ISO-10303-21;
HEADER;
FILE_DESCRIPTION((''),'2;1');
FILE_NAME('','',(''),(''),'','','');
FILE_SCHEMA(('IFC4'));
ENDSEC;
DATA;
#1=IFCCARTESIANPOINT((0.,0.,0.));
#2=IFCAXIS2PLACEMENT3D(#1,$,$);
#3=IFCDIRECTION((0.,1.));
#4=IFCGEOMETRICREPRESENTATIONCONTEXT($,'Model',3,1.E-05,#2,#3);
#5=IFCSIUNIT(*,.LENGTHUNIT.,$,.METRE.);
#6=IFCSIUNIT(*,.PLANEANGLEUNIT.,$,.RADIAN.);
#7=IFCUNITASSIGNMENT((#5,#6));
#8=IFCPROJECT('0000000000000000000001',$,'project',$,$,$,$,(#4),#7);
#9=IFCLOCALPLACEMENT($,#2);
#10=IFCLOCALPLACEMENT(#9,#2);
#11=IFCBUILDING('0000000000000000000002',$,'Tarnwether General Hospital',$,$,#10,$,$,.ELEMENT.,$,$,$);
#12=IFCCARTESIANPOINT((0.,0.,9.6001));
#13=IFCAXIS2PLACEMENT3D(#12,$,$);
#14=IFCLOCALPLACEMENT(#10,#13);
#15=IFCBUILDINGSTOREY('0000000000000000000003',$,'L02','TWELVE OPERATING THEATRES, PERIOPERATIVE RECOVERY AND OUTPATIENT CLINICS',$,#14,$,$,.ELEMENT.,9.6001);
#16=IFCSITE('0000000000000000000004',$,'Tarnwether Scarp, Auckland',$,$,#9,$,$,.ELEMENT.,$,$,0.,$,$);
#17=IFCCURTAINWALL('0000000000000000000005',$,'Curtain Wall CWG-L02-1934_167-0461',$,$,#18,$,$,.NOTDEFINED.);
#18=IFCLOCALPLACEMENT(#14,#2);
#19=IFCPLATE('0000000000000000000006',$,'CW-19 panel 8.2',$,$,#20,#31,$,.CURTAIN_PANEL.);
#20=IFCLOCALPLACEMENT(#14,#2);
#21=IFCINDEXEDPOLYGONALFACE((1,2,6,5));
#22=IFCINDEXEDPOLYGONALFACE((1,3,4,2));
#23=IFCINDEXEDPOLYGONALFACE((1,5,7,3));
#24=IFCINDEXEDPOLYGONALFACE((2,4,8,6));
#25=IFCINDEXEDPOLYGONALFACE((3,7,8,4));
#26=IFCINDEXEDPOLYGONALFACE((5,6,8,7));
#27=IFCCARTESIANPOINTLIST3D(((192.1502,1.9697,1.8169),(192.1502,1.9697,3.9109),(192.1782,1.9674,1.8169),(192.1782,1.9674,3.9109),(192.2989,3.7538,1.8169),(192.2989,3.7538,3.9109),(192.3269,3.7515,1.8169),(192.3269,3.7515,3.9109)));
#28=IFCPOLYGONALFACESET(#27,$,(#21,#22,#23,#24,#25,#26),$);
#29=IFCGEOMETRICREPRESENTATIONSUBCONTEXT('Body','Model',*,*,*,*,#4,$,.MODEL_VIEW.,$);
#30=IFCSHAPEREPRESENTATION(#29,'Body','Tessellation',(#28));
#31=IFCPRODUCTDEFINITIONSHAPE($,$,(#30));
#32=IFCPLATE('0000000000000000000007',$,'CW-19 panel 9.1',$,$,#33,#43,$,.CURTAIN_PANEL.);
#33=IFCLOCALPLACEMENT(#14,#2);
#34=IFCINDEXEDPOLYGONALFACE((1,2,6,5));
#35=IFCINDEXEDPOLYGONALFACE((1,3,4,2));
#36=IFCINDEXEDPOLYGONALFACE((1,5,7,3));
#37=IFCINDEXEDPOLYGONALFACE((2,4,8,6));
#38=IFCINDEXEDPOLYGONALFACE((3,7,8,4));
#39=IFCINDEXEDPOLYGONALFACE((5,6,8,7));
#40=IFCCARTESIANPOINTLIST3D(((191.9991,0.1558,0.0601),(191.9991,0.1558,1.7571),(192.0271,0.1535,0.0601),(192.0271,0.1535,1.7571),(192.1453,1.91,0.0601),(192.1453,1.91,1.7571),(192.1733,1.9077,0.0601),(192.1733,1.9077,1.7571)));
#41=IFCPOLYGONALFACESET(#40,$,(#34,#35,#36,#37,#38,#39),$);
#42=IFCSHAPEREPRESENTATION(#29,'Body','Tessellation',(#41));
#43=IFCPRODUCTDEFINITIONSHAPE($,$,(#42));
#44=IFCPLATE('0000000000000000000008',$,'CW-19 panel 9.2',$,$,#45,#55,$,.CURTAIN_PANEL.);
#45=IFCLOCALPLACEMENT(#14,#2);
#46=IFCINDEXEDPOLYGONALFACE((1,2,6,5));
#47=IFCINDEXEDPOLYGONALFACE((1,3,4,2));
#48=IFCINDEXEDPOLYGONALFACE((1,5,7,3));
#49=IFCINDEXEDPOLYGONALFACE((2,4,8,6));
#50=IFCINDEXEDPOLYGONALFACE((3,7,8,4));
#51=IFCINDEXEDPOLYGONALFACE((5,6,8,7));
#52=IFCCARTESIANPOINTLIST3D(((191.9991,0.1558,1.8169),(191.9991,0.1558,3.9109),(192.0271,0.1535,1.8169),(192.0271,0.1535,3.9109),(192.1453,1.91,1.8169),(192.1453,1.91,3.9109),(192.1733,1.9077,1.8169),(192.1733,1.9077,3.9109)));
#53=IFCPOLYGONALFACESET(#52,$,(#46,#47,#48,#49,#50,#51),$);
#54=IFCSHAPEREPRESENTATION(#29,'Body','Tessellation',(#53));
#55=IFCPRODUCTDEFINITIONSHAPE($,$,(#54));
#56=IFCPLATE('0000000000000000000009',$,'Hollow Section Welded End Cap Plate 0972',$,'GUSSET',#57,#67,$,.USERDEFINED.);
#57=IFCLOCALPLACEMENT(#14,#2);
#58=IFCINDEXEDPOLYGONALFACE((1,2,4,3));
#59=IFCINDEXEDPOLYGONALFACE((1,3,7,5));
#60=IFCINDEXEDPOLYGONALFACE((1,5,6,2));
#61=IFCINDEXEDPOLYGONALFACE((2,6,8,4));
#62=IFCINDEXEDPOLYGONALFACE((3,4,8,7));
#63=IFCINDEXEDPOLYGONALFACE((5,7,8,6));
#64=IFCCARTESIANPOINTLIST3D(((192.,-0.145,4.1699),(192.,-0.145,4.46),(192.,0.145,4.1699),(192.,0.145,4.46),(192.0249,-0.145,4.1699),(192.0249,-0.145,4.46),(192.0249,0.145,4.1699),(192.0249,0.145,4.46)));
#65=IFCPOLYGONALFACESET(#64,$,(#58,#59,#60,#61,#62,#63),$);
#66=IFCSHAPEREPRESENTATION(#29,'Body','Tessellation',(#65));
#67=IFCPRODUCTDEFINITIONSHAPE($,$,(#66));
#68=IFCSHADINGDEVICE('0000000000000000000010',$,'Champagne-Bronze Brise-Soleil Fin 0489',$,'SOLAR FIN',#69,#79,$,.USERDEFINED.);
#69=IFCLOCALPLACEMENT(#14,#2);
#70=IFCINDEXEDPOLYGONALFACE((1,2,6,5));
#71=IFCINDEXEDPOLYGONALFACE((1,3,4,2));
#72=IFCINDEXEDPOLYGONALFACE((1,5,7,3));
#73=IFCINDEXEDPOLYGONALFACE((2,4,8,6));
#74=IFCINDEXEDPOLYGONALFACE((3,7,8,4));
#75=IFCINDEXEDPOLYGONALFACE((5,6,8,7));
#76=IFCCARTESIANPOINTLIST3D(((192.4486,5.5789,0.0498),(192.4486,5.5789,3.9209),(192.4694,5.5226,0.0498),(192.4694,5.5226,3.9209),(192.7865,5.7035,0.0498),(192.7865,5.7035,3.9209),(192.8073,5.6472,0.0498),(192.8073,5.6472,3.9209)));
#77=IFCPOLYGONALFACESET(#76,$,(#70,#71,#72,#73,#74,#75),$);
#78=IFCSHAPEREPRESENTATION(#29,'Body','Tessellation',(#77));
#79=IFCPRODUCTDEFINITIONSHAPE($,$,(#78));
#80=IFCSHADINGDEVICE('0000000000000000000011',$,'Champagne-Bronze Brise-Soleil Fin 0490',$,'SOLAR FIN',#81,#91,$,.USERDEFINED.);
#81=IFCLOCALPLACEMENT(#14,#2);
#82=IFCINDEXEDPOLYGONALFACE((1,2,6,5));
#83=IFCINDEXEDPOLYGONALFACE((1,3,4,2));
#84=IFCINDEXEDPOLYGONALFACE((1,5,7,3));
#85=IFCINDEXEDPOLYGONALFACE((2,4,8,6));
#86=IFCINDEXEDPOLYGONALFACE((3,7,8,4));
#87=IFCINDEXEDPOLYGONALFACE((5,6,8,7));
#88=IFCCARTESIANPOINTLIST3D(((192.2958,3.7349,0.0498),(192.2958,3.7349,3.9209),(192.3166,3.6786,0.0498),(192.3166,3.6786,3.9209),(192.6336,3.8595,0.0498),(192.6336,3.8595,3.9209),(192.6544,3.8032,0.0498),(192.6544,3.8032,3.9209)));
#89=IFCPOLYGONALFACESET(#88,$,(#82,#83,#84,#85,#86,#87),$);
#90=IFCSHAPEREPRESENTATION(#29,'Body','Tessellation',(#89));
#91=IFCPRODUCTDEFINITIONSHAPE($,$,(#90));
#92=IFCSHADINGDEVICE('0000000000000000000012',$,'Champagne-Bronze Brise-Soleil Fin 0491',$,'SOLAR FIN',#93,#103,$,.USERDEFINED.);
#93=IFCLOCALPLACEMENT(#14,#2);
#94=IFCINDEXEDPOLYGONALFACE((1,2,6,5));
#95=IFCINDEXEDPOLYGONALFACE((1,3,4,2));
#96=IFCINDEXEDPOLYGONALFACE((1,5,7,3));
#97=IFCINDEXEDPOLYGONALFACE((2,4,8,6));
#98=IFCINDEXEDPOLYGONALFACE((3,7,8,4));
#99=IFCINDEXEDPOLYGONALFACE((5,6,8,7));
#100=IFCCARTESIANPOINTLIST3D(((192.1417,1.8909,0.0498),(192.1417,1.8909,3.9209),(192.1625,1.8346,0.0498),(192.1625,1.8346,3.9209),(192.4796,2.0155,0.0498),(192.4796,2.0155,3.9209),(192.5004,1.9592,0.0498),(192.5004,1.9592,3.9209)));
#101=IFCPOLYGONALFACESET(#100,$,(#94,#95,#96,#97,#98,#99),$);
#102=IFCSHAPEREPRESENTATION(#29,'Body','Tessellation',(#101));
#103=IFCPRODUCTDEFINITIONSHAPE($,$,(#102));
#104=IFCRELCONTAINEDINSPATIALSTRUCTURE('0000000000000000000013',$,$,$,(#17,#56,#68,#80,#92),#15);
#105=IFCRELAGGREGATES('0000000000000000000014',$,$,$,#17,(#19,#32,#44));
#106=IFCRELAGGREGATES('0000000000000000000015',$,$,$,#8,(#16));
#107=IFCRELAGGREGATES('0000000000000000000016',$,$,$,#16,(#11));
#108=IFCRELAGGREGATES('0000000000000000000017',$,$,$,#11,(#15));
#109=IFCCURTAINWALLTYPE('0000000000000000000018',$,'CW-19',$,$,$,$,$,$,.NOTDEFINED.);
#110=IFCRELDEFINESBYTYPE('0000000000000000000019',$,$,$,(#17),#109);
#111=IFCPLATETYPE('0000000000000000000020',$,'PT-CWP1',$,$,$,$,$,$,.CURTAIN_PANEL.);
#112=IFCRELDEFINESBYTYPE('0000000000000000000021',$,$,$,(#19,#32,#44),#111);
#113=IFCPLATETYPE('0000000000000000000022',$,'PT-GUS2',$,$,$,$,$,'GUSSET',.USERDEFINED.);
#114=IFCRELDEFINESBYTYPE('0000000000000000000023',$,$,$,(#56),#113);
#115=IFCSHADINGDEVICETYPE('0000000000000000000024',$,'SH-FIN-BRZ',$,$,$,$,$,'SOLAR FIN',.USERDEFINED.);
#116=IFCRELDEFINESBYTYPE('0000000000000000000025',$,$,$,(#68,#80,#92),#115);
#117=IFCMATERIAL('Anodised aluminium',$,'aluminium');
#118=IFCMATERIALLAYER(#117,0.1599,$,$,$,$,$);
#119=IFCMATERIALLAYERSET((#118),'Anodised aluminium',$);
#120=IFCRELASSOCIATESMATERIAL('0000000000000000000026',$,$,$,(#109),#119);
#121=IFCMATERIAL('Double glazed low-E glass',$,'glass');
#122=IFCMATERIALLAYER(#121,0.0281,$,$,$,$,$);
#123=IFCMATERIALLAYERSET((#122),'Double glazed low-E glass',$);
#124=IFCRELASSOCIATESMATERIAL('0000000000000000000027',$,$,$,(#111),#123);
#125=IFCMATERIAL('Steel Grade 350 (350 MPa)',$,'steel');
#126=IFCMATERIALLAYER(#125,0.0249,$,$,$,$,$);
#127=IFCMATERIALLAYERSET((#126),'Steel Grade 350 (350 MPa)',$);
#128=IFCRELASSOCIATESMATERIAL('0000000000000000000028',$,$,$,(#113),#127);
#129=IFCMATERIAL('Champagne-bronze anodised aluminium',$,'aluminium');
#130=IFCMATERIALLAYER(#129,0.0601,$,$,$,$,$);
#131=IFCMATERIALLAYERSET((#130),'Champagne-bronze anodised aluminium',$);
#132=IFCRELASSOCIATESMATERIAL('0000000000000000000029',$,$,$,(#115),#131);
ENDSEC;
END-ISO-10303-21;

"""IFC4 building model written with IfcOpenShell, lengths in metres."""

from ifc_helpers import new_model, si_unit, direction, frame, origin, origin_2d, place, context, subcontext, project, spatial, rectangle, extrude, material, layer, layer_set, type_object, element, aggregate, save


model = new_model("IFC4")

# Units and contexts
model_context = context("Model", 3, precision=1e-05, world=origin(), true_north=direction((0.0, 1.0)))
body_context = subcontext(model_context, "Body", "Model", "MODEL_VIEW")
ifc_project = project(units=[si_unit("LENGTHUNIT", "METRE"), si_unit("PLANEANGLEUNIT", "RADIAN")], contexts=[model_context])

# Site, building, storey
site_placement = place(None, origin())
site = spatial("IfcSite", under=ifc_project, at=site_placement, Name="Tarnwether Scarp, Auckland", CompositionType="ELEMENT", RefElevation=0.0)
building_placement = place(site_placement, origin())
building = spatial("IfcBuilding", under=site, at=building_placement, Name="Tarnwether General Hospital", CompositionType="ELEMENT")
storey_placement = place(building_placement, frame((0.0, 0.0, 9.6001)))
storey = spatial("IfcBuildingStorey", under=building, at=storey_placement, Name="L02", Description="TWELVE OPERATING THEATRES, PERIOPERATIVE RECOVERY AND OUTPATIENT CLINICS", CompositionType="ELEMENT", Elevation=9.6001)

# Curtain wall
ifc_material_1 = material(Name="Anodised aluminium", Category="aluminium")
ifc_layer_1 = layer(ifc_material_1, 0.1599)
ifc_layer_set_1 = layer_set([ifc_layer_1], Name="Anodised aluminium")
curtain_wall_type = type_object("IfcCurtainWallType", Name="CW-19", PredefinedType="NOTDEFINED", material=ifc_layer_set_1)
curtain_wall_1_placement = place(storey_placement, origin())
curtain_wall_1 = element("IfcCurtainWall", 1, at=curtain_wall_1_placement, inside=storey, type_object=curtain_wall_type, Name="Curtain Wall CWG-L02-1934_167-0461", PredefinedType="NOTDEFINED")

# Plates
ifc_material_2 = material(Name="Double glazed low-E glass", Category="glass")
ifc_layer_2 = layer(ifc_material_2, 0.0281)
ifc_layer_set_2 = layer_set([ifc_layer_2], Name="Double glazed low-E glass")
plate_type_1 = type_object("IfcPlateType", Name="PT-CWP1", PredefinedType="CURTAIN_PANEL", material=ifc_layer_set_2)
plate_1_placement = place(storey_placement, frame((192.2385, 2.8606, 1.8169), z_axis=(0.0, 0.0, 1.0), x_axis=(-0.083055, -0.996545, 0.0)))
plate_1 = element("IfcPlate", 2, at=plate_1_placement, type_object=plate_type_1, Name="CW-19 panel 8.2", PredefinedType="CURTAIN_PANEL", context=body_context, shape_type="SweptSolid", body=[
    extrude(rectangle(XDim=1.7903, YDim=0.0281, at=origin_2d()), origin(), (0.0, 0.0, 1.0), 2.094),
])
plate_2_placement = place(storey_placement, frame((192.0862, 1.0317, 0.0601), z_axis=(0.0, 0.0, 1.0), x_axis=(-0.083055, -0.996545, 0.0)))
plate_2 = element("IfcPlate", 3, at=plate_2_placement, type_object=plate_type_1, Name="CW-19 panel 9.1", PredefinedType="CURTAIN_PANEL", context=body_context, shape_type="SweptSolid", body=[
    extrude(rectangle(XDim=1.7603, YDim=0.0281, at=origin_2d()), origin(), (0.0, 0.0, 1.0), 1.697),
])
plate_3_placement = place(storey_placement, frame((192.0862, 1.0317, 1.8169), z_axis=(0.0, 0.0, 1.0), x_axis=(-0.083055, -0.996545, 0.0)))
plate_3 = element("IfcPlate", 4, at=plate_3_placement, type_object=plate_type_1, Name="CW-19 panel 9.2", PredefinedType="CURTAIN_PANEL", context=body_context, shape_type="SweptSolid", body=[
    extrude(rectangle(XDim=1.7603, YDim=0.0281, at=origin_2d()), origin(), (0.0, 0.0, 1.0), 2.094),
])
aggregate(curtain_wall_1, [plate_1, plate_2, plate_3])
ifc_material_3 = material(Name="Steel Grade 350 (350 MPa)", Category="steel")
ifc_layer_3 = layer(ifc_material_3, 0.0249)
ifc_layer_set_3 = layer_set([ifc_layer_3], Name="Steel Grade 350 (350 MPa)")
plate_type_2 = type_object("IfcPlateType", Name="PT-GUS2", ElementType="GUSSET", PredefinedType="USERDEFINED", material=ifc_layer_set_3)
plate_4_placement = place(storey_placement, frame((192.0125, 0.0, 4.1699), z_axis=(0.0, 0.0, 1.0), x_axis=(1.0, 0.0, 0.0)))
element("IfcPlate", 5, at=plate_4_placement, inside=storey, type_object=plate_type_2, Name="Hollow Section Welded End Cap Plate 0972", ObjectType="GUSSET", PredefinedType="USERDEFINED", context=body_context, shape_type="SweptSolid", body=[
    extrude(rectangle(XDim=0.0249, YDim=0.29, at=origin_2d()), origin(), (0.0, 0.0, 1.0), 0.29),
])

# Shading devices
ifc_material_4 = material(Name="Champagne-bronze anodised aluminium", Category="aluminium")
ifc_layer_4 = layer(ifc_material_4, 0.0601)
ifc_layer_set_4 = layer_set([ifc_layer_4], Name="Champagne-bronze anodised aluminium")
shading_device_type = type_object("IfcShadingDeviceType", Name="SH-FIN-BRZ", ElementType="SOLAR FIN", PredefinedType="USERDEFINED", material=ifc_layer_set_4)
for number, where, z_axis, x_axis, name in (
    (6, (192.6279, 5.613, 0.0498), (0.0, 0.0, 1.0), (0.345953, -0.938252, 0.0), "Champagne-Bronze Brise-Soleil Fin 0489"),
    (7, (192.4751, 3.769, 0.0498), (0.0, 0.0, 1.0), (0.345953, -0.938252, 0.0), "Champagne-Bronze Brise-Soleil Fin 0490"),
    (8, (192.321, 1.925, 0.0498), (0.0, 0.0, 1.0), (0.345953, -0.938252, 0.0), "Champagne-Bronze Brise-Soleil Fin 0491"),
):
    element("IfcShadingDevice", number, at=place(storey_placement, frame(where, z_axis=z_axis, x_axis=x_axis)), inside=storey, type_object=shading_device_type, Name=name, ObjectType="SOLAR FIN", PredefinedType="USERDEFINED", context=body_context, shape_type="SweptSolid", body=[
        extrude(rectangle(XDim=0.0601, YDim=0.3601, at=origin_2d()), origin(), (0.0, 0.0, 1.0), 3.8711),
    ])

save(model, "model.ifc")
